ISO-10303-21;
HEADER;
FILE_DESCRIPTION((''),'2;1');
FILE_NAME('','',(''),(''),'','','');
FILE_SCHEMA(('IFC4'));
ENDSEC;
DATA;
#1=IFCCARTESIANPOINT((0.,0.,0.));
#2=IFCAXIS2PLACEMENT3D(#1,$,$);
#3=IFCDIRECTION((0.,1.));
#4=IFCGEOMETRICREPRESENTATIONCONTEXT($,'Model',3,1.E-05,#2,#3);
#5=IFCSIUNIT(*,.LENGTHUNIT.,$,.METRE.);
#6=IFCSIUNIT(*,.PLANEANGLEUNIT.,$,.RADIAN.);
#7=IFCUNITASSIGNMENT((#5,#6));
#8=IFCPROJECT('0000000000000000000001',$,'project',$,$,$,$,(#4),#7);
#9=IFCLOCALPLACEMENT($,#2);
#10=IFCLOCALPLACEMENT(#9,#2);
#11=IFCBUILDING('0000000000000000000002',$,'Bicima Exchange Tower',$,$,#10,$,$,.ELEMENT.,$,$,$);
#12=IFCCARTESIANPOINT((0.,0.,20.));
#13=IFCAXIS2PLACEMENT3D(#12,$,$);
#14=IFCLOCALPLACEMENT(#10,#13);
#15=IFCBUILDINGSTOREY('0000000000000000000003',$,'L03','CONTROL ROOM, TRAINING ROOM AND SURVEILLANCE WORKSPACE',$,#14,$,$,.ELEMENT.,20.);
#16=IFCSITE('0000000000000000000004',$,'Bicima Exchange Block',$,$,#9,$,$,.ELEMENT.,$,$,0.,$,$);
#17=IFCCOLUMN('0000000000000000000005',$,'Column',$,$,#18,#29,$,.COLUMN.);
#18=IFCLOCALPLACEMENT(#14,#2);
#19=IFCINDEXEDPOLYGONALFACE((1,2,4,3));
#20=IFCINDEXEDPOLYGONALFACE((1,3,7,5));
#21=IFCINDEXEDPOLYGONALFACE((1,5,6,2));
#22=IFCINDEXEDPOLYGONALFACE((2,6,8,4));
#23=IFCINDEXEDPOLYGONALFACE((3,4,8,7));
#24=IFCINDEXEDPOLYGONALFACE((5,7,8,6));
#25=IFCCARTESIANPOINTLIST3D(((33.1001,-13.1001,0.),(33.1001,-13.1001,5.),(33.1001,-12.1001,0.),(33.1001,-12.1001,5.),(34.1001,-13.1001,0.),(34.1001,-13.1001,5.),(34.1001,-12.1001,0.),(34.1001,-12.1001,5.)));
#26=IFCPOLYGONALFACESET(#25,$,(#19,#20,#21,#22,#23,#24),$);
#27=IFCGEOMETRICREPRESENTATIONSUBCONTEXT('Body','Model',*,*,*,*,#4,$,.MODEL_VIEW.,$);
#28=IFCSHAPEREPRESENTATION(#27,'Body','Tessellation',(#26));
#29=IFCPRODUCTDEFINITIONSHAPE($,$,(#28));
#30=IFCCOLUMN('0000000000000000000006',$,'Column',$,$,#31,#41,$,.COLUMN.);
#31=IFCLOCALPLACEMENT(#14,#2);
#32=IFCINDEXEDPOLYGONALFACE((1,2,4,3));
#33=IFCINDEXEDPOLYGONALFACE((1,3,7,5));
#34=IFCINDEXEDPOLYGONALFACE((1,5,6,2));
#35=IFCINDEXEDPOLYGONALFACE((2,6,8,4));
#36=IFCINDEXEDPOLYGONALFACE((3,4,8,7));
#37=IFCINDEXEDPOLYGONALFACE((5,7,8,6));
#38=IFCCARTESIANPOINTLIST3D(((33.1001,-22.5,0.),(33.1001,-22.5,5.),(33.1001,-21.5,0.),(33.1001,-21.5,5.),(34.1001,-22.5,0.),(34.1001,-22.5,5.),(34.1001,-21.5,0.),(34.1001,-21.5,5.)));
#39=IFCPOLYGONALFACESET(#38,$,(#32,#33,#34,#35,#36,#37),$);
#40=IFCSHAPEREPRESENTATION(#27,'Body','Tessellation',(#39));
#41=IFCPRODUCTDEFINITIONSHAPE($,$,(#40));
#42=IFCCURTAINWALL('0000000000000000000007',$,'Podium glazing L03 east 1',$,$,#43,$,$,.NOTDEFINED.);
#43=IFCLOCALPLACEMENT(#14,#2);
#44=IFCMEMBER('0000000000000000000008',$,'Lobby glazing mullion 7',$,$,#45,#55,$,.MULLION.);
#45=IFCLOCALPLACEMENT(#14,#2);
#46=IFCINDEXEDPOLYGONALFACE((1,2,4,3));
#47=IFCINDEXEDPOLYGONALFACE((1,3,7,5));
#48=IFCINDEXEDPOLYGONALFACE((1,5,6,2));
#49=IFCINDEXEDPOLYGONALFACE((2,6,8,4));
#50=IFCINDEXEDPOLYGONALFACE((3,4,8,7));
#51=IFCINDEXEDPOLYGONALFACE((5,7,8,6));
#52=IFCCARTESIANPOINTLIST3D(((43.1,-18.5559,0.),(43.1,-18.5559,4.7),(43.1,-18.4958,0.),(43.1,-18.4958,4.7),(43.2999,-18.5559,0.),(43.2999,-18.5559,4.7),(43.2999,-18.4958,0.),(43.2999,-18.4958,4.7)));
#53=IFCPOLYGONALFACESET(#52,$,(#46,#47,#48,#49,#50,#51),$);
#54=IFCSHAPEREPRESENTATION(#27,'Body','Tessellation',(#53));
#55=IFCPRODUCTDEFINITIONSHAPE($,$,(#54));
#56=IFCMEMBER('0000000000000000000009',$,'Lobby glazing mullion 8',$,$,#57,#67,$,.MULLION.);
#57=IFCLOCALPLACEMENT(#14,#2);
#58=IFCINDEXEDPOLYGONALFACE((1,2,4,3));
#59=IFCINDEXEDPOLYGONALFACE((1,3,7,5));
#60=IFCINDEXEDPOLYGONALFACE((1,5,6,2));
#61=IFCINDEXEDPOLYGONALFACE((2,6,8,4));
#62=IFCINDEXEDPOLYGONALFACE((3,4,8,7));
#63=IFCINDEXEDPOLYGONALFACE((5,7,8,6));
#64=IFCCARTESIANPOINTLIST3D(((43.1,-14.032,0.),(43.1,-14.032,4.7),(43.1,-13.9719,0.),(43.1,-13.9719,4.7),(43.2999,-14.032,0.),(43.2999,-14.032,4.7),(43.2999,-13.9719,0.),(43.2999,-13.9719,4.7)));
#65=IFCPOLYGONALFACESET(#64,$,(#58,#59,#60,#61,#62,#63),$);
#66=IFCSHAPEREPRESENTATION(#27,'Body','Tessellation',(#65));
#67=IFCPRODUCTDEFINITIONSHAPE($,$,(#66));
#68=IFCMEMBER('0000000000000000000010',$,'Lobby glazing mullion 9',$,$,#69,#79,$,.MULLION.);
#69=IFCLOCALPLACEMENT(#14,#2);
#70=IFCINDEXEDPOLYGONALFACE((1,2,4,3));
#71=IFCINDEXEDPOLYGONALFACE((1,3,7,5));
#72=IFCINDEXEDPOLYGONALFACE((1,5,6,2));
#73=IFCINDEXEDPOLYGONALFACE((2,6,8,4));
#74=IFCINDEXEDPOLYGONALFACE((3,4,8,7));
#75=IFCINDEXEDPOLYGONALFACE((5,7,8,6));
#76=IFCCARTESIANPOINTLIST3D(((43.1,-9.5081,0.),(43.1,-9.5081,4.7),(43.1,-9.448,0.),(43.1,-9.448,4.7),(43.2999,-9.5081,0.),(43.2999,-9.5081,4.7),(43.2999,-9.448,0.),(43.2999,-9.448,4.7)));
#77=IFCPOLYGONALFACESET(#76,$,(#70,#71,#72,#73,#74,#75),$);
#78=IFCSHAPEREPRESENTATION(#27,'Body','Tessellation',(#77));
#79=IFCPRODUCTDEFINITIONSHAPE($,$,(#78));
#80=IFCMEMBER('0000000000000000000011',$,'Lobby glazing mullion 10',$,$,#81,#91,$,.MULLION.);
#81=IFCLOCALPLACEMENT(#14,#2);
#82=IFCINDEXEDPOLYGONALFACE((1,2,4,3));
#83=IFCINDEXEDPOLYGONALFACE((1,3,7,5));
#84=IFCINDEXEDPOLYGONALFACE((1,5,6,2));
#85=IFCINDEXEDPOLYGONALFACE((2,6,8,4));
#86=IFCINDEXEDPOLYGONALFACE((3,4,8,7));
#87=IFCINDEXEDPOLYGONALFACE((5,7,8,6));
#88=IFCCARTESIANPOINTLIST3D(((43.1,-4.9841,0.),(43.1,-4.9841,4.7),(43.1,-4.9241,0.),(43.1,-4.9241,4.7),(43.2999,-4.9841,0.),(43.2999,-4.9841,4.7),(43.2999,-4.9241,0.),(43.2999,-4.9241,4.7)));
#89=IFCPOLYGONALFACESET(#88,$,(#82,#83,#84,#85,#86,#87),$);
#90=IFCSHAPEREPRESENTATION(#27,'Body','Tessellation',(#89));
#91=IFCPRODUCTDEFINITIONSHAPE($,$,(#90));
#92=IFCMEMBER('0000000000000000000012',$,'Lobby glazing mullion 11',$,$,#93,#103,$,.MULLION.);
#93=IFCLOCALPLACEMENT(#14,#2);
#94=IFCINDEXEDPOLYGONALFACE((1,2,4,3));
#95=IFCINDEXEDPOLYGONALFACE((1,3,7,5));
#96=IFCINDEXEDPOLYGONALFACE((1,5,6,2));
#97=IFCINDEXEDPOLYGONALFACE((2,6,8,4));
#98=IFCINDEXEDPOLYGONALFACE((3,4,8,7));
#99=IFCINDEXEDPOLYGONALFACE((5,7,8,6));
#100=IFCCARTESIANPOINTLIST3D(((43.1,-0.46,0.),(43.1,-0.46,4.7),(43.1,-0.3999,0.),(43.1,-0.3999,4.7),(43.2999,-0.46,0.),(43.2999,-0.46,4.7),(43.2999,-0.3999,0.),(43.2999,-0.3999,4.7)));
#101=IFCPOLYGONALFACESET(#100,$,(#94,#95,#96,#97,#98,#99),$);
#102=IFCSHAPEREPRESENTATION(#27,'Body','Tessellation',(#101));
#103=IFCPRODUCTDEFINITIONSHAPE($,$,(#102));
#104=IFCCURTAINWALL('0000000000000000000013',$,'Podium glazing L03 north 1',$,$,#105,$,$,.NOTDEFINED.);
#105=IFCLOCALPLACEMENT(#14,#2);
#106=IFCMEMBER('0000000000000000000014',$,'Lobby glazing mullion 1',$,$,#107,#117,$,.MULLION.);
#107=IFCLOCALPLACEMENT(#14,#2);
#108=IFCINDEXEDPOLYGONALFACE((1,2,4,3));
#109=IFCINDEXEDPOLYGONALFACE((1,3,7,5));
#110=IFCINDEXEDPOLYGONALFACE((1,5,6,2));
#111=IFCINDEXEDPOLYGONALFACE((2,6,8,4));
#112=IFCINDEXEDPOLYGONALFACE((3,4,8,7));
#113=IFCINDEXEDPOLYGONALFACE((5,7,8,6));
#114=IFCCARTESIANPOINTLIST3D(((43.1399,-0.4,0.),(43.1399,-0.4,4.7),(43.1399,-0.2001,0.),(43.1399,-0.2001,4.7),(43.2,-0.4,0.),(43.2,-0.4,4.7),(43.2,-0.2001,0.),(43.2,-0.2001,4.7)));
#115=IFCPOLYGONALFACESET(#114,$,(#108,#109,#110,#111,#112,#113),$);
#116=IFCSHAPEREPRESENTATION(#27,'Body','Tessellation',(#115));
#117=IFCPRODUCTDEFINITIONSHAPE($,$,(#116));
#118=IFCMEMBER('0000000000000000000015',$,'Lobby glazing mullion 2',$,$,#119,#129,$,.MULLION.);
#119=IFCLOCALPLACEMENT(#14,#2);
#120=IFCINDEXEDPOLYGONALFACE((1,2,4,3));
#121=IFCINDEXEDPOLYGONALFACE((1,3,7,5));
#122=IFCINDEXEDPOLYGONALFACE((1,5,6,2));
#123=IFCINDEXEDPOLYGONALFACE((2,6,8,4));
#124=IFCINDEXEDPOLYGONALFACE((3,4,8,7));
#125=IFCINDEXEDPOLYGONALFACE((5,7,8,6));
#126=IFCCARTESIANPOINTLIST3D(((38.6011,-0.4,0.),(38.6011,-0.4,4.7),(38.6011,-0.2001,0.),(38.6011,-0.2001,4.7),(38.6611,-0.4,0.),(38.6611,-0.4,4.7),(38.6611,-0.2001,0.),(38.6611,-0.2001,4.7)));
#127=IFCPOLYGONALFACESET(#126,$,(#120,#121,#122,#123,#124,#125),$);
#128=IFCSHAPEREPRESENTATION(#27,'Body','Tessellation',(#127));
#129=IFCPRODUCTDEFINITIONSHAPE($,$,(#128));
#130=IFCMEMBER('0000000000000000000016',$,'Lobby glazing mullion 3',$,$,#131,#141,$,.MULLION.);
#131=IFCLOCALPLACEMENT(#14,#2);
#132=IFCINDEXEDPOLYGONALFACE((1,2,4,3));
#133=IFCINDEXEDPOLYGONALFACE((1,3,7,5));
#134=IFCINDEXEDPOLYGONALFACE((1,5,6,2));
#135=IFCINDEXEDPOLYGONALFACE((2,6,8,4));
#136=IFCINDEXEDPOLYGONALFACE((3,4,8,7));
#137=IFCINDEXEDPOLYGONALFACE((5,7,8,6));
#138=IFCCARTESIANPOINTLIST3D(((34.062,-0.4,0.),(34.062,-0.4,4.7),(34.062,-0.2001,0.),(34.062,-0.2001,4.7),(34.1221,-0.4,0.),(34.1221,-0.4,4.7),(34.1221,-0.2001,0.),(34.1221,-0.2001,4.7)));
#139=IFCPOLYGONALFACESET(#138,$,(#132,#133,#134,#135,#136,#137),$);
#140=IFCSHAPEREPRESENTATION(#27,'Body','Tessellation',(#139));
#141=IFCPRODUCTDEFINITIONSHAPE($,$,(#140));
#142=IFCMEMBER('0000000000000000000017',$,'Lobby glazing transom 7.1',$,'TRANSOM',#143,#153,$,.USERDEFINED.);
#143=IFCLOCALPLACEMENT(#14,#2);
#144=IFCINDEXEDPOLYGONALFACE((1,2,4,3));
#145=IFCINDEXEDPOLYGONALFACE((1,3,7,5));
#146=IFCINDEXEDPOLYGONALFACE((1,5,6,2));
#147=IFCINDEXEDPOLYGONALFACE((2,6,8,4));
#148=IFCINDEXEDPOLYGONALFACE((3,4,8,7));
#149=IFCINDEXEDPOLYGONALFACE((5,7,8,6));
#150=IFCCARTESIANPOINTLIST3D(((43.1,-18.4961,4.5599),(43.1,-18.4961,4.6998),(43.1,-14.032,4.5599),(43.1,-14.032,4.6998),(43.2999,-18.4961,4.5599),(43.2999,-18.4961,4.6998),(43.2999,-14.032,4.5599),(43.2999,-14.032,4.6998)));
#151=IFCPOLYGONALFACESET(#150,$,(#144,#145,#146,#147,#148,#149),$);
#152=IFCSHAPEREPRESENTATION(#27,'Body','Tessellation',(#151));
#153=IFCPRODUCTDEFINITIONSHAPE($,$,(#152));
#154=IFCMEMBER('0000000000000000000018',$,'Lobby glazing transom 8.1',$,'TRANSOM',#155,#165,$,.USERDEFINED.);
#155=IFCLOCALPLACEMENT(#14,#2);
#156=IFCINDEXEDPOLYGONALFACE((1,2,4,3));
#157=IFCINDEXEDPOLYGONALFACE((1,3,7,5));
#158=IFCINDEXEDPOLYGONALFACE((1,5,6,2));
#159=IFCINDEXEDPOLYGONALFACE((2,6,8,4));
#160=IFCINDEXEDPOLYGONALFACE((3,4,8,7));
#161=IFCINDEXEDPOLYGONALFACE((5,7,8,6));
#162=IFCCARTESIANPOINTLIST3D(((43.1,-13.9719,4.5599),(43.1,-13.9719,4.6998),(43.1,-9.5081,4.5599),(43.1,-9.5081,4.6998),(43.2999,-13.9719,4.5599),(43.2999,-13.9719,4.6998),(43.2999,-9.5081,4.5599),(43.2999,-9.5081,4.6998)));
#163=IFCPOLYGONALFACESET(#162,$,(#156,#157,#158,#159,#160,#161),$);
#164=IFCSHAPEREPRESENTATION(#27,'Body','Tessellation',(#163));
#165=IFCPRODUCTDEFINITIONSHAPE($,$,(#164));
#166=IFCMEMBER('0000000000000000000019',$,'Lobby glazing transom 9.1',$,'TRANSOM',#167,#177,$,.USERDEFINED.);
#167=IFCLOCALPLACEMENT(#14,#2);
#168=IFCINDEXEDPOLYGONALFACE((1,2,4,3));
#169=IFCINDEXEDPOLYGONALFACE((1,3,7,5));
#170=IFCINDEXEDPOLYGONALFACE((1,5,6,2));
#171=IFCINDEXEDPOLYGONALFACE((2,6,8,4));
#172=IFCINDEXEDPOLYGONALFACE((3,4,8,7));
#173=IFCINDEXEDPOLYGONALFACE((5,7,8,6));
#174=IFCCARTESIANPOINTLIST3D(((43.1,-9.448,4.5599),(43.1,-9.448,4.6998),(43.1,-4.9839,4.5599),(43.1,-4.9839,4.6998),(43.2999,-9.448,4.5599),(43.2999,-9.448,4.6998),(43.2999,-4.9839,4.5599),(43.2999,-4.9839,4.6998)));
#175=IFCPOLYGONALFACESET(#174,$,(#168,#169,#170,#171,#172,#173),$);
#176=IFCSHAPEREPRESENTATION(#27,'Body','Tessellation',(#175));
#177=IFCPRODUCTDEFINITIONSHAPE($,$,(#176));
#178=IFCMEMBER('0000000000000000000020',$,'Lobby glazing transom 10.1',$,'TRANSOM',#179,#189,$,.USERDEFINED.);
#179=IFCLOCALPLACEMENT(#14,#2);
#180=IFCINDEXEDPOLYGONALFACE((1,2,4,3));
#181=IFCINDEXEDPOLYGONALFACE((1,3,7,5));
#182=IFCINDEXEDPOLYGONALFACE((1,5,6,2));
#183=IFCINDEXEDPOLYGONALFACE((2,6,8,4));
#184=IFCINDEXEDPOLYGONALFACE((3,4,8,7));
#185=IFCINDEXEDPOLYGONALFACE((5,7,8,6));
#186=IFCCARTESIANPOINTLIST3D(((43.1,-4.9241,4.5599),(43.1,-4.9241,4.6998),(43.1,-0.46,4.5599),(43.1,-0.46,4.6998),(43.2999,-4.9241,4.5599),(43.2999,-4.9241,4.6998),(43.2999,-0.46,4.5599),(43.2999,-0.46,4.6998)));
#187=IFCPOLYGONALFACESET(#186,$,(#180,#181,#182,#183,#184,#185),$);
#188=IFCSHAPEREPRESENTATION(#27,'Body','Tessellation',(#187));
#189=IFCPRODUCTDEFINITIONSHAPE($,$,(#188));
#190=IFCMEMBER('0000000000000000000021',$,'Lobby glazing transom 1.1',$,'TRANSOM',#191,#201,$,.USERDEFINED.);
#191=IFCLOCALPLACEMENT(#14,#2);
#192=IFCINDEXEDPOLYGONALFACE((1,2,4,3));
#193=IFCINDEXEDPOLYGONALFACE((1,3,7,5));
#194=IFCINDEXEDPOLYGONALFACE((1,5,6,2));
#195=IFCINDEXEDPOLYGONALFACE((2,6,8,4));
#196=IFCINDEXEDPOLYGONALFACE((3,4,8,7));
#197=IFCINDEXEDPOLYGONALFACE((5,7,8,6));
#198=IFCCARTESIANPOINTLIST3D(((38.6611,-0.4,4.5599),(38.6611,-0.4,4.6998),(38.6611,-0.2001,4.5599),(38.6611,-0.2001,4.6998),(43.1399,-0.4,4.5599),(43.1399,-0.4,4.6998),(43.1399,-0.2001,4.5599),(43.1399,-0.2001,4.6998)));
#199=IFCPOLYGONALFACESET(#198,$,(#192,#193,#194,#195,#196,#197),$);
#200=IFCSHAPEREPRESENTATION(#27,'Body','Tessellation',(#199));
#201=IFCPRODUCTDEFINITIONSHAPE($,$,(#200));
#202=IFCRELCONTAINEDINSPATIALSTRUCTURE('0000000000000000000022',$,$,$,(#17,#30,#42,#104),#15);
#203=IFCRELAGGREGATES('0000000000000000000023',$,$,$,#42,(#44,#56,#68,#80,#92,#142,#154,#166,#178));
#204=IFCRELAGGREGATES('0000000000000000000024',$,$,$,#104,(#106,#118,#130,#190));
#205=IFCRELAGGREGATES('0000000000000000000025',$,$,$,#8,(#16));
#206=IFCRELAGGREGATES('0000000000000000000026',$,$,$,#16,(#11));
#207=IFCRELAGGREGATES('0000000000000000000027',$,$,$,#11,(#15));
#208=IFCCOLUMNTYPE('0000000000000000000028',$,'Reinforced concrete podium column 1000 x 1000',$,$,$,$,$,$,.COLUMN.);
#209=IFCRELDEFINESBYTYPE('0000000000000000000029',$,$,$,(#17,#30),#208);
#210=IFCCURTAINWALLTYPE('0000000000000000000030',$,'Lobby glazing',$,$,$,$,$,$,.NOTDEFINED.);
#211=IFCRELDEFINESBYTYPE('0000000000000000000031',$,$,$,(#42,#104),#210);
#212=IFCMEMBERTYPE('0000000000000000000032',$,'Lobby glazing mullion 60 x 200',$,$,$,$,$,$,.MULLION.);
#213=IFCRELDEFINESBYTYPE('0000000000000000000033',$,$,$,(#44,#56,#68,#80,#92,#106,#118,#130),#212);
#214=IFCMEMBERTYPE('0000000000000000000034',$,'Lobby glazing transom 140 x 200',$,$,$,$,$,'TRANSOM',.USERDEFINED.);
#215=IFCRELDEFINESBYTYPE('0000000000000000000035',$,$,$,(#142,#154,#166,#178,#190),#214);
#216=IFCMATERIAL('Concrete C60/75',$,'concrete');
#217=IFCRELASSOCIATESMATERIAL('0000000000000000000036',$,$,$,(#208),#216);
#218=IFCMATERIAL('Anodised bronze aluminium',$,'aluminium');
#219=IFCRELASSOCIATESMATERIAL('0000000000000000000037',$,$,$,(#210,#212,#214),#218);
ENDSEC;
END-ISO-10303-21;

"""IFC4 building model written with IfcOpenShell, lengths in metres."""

from ifc_helpers import new_model, si_unit, direction, frame, origin, origin_2d, place, context, subcontext, project, spatial, rectangle, extrude, material, material_profile, profile_set, type_object, element, aggregate, save


model = new_model("IFC4")

# Units and contexts
model_context = context("Model", 3, precision=1e-05, world=origin(), true_north=direction((0.0, 1.0)))
body_context = subcontext(model_context, "Body", "Model", "MODEL_VIEW")
ifc_project = project(units=[si_unit("LENGTHUNIT", "METRE"), si_unit("PLANEANGLEUNIT", "RADIAN")], contexts=[model_context])

# Site, building, storey
site_placement = place(None, origin())
site = spatial("IfcSite", under=ifc_project, at=site_placement, Name="Bicima Exchange Block", CompositionType="ELEMENT", RefElevation=0.0)
building_placement = place(site_placement, origin())
building = spatial("IfcBuilding", under=site, at=building_placement, Name="Bicima Exchange Tower", CompositionType="ELEMENT")
storey_placement = place(building_placement, frame((0.0, 0.0, 20.0)))
storey = spatial("IfcBuildingStorey", under=building, at=storey_placement, Name="L03", Description="CONTROL ROOM, TRAINING ROOM AND SURVEILLANCE WORKSPACE", CompositionType="ELEMENT", Elevation=20.0)

# Columns
ifc_material_1 = material(Name="Concrete C60/75", Category="concrete")
ifc_material_profile_1 = material_profile(ifc_material_1, rectangle(XDim=1.0, YDim=1.0, at=origin_2d()))
ifc_profile_set_1 = profile_set([ifc_material_profile_1], Name="Concrete C60/75")
column_type = type_object("IfcColumnType", Name="Reinforced concrete podium column 1000 x 1000", PredefinedType="COLUMN", material=ifc_profile_set_1)
for number, where, z_axis, x_axis, name in (
    (1, (33.6001, -12.6001, 0.0), (0.0, 0.0, 1.0), (1.0, 0.0, 0.0), "Column"),
    (2, (33.6001, -22.0, 0.0), (0.0, 0.0, 1.0), (1.0, 0.0, 0.0), "Column"),
):
    element("IfcColumn", number, at=place(storey_placement, frame(where, z_axis=z_axis, x_axis=x_axis)), inside=storey, type_object=column_type, Name=name, PredefinedType="COLUMN", context=body_context, shape_type="SweptSolid", body=[
        extrude(rectangle(XDim=1.0, YDim=1.0, at=origin_2d()), origin(), (0.0, 0.0, 1.0), 5.0),
    ])

# Curtain walls, members
ifc_material_2 = material(Name="Anodised bronze aluminium", Category="aluminium")
curtain_wall_type = type_object("IfcCurtainWallType", Name="Lobby glazing", PredefinedType="NOTDEFINED", material=ifc_material_2)
curtain_wall_1_placement = place(storey_placement, origin())
curtain_wall_1 = element("IfcCurtainWall", 3, at=curtain_wall_1_placement, inside=storey, type_object=curtain_wall_type, Name="Podium glazing L03 east 1", PredefinedType="NOTDEFINED")
ifc_material_profile_2 = material_profile(ifc_material_2, rectangle(XDim=0.2, YDim=0.0601, at=origin_2d()))
ifc_profile_set_2 = profile_set([ifc_material_profile_2], Name="Anodised bronze aluminium")
member_type_1 = type_object("IfcMemberType", Name="Lobby glazing mullion 60 x 200", PredefinedType="MULLION", material=ifc_profile_set_2)
member_1_placement = place(storey_placement, frame((43.2, -18.5259, 0.0), z_axis=(0.0, 0.0, 1.0), x_axis=(-1.0, 0.0, 0.0)))
member_1 = element("IfcMember", 4, at=member_1_placement, type_object=member_type_1, Name="Lobby glazing mullion 7", PredefinedType="MULLION", context=body_context, shape_type="SweptSolid", body=[
    extrude(rectangle(XDim=0.2, YDim=0.0601, at=origin_2d()), origin(), (0.0, 0.0, 1.0), 4.7),
])
member_2_placement = place(storey_placement, frame((43.2, -14.002, 0.0), z_axis=(0.0, 0.0, 1.0), x_axis=(-1.0, 0.0, 0.0)))
member_2 = element("IfcMember", 5, at=member_2_placement, type_object=member_type_1, Name="Lobby glazing mullion 8", PredefinedType="MULLION", context=body_context, shape_type="SweptSolid", body=[
    extrude(rectangle(XDim=0.2, YDim=0.0601, at=origin_2d()), origin(), (0.0, 0.0, 1.0), 4.7),
])
member_3_placement = place(storey_placement, frame((43.2, -9.478, 0.0), z_axis=(0.0, 0.0, 1.0), x_axis=(-1.0, 0.0, 0.0)))
member_3 = element("IfcMember", 6, at=member_3_placement, type_object=member_type_1, Name="Lobby glazing mullion 9", PredefinedType="MULLION", context=body_context, shape_type="SweptSolid", body=[
    extrude(rectangle(XDim=0.2, YDim=0.0601, at=origin_2d()), origin(), (0.0, 0.0, 1.0), 4.7),
])
member_4_placement = place(storey_placement, frame((43.2, -4.9541, 0.0), z_axis=(0.0, 0.0, 1.0), x_axis=(-1.0, 0.0, 0.0)))
member_4 = element("IfcMember", 7, at=member_4_placement, type_object=member_type_1, Name="Lobby glazing mullion 10", PredefinedType="MULLION", context=body_context, shape_type="SweptSolid", body=[
    extrude(rectangle(XDim=0.2, YDim=0.0601, at=origin_2d()), origin(), (0.0, 0.0, 1.0), 4.7),
])
member_5_placement = place(storey_placement, frame((43.2, -0.4299, 0.0), z_axis=(0.0, 0.0, 1.0), x_axis=(-1.0, 0.0, 0.0)))
member_5 = element("IfcMember", 8, at=member_5_placement, type_object=member_type_1, Name="Lobby glazing mullion 11", PredefinedType="MULLION", context=body_context, shape_type="SweptSolid", body=[
    extrude(rectangle(XDim=0.2, YDim=0.0601, at=origin_2d()), origin(), (0.0, 0.0, 1.0), 4.7),
])
curtain_wall_2_placement = place(storey_placement, origin())
curtain_wall_2 = element("IfcCurtainWall", 9, at=curtain_wall_2_placement, inside=storey, type_object=curtain_wall_type, Name="Podium glazing L03 north 1", PredefinedType="NOTDEFINED")
member_6_placement = place(storey_placement, frame((43.1699, -0.3, 0.0), z_axis=(0.0, 0.0, 1.0), x_axis=(0.0, -1.0, 0.0)))
member_6 = element("IfcMember", 10, at=member_6_placement, type_object=member_type_1, Name="Lobby glazing mullion 1", PredefinedType="MULLION", context=body_context, shape_type="SweptSolid", body=[
    extrude(rectangle(XDim=0.2, YDim=0.0601, at=origin_2d()), origin(), (0.0, 0.0, 1.0), 4.7),
])
member_7_placement = place(storey_placement, frame((38.6311, -0.3, 0.0), z_axis=(0.0, 0.0, 1.0), x_axis=(0.0, -1.0, 0.0)))
member_7 = element("IfcMember", 11, at=member_7_placement, type_object=member_type_1, Name="Lobby glazing mullion 2", PredefinedType="MULLION", context=body_context, shape_type="SweptSolid", body=[
    extrude(rectangle(XDim=0.2, YDim=0.0601, at=origin_2d()), origin(), (0.0, 0.0, 1.0), 4.7),
])
member_8_placement = place(storey_placement, frame((34.092, -0.3, 0.0), z_axis=(0.0, 0.0, 1.0), x_axis=(0.0, -1.0, 0.0)))
member_8 = element("IfcMember", 12, at=member_8_placement, type_object=member_type_1, Name="Lobby glazing mullion 3", PredefinedType="MULLION", context=body_context, shape_type="SweptSolid", body=[
    extrude(rectangle(XDim=0.2, YDim=0.0601, at=origin_2d()), origin(), (0.0, 0.0, 1.0), 4.7),
])

# Members
ifc_material_profile_3 = material_profile(ifc_material_2, rectangle(XDim=0.2, YDim=0.1399, at=origin_2d()))
ifc_profile_set_3 = profile_set([ifc_material_profile_3], Name="Anodised bronze aluminium")
member_type_2 = type_object("IfcMemberType", Name="Lobby glazing transom 140 x 200", ElementType="TRANSOM", PredefinedType="USERDEFINED", material=ifc_profile_set_3)
member_9_placement = place(storey_placement, frame((43.2, -18.4961, 4.6299), z_axis=(0.0, 1.0, 0.0), x_axis=(-1.0, 0.0, 0.0)))
member_9 = element("IfcMember", 13, at=member_9_placement, type_object=member_type_2, Name="Lobby glazing transom 7.1", ObjectType="TRANSOM", PredefinedType="USERDEFINED", context=body_context, shape_type="SweptSolid", body=[
    extrude(rectangle(XDim=0.2, YDim=0.1399, at=origin_2d()), origin(), (0.0, 0.0, 1.0), 4.4641),
])
member_10_placement = place(storey_placement, frame((43.2, -13.9719, 4.6299), z_axis=(0.0, 1.0, 0.0), x_axis=(-1.0, 0.0, 0.0)))
member_10 = element("IfcMember", 14, at=member_10_placement, type_object=member_type_2, Name="Lobby glazing transom 8.1", ObjectType="TRANSOM", PredefinedType="USERDEFINED", context=body_context, shape_type="SweptSolid", body=[
    extrude(rectangle(XDim=0.2, YDim=0.1399, at=origin_2d()), origin(), (0.0, 0.0, 1.0), 4.4639),
])
member_11_placement = place(storey_placement, frame((43.2, -9.448, 4.6299), z_axis=(0.0, 1.0, 0.0), x_axis=(-1.0, 0.0, 0.0)))
member_11 = element("IfcMember", 15, at=member_11_placement, type_object=member_type_2, Name="Lobby glazing transom 9.1", ObjectType="TRANSOM", PredefinedType="USERDEFINED", context=body_context, shape_type="SweptSolid", body=[
    extrude(rectangle(XDim=0.2, YDim=0.1399, at=origin_2d()), origin(), (0.0, 0.0, 1.0), 4.4641),
])
member_12_placement = place(storey_placement, frame((43.2, -4.9241, 4.6299), z_axis=(0.0, 1.0, 0.0), x_axis=(-1.0, 0.0, 0.0)))
member_12 = element("IfcMember", 16, at=member_12_placement, type_object=member_type_2, Name="Lobby glazing transom 10.1", ObjectType="TRANSOM", PredefinedType="USERDEFINED", context=body_context, shape_type="SweptSolid", body=[
    extrude(rectangle(XDim=0.2, YDim=0.1399, at=origin_2d()), origin(), (0.0, 0.0, 1.0), 4.4641),
])
member_13_placement = place(storey_placement, frame((43.1399, -0.3, 4.6299), z_axis=(-1.0, 0.0, 0.0), x_axis=(0.0, -1.0, 0.0)))
member_13 = element("IfcMember", 17, at=member_13_placement, type_object=member_type_2, Name="Lobby glazing transom 1.1", ObjectType="TRANSOM", PredefinedType="USERDEFINED", context=body_context, shape_type="SweptSolid", body=[
    extrude(rectangle(XDim=0.2, YDim=0.1399, at=origin_2d()), origin(), (0.0, 0.0, 1.0), 4.4788),
])

aggregate(curtain_wall_1, [member_1, member_2, member_3, member_4, member_5, member_9, member_10, member_11, member_12])
aggregate(curtain_wall_2, [member_6, member_7, member_8, member_13])

save(model, "model.ifc")
